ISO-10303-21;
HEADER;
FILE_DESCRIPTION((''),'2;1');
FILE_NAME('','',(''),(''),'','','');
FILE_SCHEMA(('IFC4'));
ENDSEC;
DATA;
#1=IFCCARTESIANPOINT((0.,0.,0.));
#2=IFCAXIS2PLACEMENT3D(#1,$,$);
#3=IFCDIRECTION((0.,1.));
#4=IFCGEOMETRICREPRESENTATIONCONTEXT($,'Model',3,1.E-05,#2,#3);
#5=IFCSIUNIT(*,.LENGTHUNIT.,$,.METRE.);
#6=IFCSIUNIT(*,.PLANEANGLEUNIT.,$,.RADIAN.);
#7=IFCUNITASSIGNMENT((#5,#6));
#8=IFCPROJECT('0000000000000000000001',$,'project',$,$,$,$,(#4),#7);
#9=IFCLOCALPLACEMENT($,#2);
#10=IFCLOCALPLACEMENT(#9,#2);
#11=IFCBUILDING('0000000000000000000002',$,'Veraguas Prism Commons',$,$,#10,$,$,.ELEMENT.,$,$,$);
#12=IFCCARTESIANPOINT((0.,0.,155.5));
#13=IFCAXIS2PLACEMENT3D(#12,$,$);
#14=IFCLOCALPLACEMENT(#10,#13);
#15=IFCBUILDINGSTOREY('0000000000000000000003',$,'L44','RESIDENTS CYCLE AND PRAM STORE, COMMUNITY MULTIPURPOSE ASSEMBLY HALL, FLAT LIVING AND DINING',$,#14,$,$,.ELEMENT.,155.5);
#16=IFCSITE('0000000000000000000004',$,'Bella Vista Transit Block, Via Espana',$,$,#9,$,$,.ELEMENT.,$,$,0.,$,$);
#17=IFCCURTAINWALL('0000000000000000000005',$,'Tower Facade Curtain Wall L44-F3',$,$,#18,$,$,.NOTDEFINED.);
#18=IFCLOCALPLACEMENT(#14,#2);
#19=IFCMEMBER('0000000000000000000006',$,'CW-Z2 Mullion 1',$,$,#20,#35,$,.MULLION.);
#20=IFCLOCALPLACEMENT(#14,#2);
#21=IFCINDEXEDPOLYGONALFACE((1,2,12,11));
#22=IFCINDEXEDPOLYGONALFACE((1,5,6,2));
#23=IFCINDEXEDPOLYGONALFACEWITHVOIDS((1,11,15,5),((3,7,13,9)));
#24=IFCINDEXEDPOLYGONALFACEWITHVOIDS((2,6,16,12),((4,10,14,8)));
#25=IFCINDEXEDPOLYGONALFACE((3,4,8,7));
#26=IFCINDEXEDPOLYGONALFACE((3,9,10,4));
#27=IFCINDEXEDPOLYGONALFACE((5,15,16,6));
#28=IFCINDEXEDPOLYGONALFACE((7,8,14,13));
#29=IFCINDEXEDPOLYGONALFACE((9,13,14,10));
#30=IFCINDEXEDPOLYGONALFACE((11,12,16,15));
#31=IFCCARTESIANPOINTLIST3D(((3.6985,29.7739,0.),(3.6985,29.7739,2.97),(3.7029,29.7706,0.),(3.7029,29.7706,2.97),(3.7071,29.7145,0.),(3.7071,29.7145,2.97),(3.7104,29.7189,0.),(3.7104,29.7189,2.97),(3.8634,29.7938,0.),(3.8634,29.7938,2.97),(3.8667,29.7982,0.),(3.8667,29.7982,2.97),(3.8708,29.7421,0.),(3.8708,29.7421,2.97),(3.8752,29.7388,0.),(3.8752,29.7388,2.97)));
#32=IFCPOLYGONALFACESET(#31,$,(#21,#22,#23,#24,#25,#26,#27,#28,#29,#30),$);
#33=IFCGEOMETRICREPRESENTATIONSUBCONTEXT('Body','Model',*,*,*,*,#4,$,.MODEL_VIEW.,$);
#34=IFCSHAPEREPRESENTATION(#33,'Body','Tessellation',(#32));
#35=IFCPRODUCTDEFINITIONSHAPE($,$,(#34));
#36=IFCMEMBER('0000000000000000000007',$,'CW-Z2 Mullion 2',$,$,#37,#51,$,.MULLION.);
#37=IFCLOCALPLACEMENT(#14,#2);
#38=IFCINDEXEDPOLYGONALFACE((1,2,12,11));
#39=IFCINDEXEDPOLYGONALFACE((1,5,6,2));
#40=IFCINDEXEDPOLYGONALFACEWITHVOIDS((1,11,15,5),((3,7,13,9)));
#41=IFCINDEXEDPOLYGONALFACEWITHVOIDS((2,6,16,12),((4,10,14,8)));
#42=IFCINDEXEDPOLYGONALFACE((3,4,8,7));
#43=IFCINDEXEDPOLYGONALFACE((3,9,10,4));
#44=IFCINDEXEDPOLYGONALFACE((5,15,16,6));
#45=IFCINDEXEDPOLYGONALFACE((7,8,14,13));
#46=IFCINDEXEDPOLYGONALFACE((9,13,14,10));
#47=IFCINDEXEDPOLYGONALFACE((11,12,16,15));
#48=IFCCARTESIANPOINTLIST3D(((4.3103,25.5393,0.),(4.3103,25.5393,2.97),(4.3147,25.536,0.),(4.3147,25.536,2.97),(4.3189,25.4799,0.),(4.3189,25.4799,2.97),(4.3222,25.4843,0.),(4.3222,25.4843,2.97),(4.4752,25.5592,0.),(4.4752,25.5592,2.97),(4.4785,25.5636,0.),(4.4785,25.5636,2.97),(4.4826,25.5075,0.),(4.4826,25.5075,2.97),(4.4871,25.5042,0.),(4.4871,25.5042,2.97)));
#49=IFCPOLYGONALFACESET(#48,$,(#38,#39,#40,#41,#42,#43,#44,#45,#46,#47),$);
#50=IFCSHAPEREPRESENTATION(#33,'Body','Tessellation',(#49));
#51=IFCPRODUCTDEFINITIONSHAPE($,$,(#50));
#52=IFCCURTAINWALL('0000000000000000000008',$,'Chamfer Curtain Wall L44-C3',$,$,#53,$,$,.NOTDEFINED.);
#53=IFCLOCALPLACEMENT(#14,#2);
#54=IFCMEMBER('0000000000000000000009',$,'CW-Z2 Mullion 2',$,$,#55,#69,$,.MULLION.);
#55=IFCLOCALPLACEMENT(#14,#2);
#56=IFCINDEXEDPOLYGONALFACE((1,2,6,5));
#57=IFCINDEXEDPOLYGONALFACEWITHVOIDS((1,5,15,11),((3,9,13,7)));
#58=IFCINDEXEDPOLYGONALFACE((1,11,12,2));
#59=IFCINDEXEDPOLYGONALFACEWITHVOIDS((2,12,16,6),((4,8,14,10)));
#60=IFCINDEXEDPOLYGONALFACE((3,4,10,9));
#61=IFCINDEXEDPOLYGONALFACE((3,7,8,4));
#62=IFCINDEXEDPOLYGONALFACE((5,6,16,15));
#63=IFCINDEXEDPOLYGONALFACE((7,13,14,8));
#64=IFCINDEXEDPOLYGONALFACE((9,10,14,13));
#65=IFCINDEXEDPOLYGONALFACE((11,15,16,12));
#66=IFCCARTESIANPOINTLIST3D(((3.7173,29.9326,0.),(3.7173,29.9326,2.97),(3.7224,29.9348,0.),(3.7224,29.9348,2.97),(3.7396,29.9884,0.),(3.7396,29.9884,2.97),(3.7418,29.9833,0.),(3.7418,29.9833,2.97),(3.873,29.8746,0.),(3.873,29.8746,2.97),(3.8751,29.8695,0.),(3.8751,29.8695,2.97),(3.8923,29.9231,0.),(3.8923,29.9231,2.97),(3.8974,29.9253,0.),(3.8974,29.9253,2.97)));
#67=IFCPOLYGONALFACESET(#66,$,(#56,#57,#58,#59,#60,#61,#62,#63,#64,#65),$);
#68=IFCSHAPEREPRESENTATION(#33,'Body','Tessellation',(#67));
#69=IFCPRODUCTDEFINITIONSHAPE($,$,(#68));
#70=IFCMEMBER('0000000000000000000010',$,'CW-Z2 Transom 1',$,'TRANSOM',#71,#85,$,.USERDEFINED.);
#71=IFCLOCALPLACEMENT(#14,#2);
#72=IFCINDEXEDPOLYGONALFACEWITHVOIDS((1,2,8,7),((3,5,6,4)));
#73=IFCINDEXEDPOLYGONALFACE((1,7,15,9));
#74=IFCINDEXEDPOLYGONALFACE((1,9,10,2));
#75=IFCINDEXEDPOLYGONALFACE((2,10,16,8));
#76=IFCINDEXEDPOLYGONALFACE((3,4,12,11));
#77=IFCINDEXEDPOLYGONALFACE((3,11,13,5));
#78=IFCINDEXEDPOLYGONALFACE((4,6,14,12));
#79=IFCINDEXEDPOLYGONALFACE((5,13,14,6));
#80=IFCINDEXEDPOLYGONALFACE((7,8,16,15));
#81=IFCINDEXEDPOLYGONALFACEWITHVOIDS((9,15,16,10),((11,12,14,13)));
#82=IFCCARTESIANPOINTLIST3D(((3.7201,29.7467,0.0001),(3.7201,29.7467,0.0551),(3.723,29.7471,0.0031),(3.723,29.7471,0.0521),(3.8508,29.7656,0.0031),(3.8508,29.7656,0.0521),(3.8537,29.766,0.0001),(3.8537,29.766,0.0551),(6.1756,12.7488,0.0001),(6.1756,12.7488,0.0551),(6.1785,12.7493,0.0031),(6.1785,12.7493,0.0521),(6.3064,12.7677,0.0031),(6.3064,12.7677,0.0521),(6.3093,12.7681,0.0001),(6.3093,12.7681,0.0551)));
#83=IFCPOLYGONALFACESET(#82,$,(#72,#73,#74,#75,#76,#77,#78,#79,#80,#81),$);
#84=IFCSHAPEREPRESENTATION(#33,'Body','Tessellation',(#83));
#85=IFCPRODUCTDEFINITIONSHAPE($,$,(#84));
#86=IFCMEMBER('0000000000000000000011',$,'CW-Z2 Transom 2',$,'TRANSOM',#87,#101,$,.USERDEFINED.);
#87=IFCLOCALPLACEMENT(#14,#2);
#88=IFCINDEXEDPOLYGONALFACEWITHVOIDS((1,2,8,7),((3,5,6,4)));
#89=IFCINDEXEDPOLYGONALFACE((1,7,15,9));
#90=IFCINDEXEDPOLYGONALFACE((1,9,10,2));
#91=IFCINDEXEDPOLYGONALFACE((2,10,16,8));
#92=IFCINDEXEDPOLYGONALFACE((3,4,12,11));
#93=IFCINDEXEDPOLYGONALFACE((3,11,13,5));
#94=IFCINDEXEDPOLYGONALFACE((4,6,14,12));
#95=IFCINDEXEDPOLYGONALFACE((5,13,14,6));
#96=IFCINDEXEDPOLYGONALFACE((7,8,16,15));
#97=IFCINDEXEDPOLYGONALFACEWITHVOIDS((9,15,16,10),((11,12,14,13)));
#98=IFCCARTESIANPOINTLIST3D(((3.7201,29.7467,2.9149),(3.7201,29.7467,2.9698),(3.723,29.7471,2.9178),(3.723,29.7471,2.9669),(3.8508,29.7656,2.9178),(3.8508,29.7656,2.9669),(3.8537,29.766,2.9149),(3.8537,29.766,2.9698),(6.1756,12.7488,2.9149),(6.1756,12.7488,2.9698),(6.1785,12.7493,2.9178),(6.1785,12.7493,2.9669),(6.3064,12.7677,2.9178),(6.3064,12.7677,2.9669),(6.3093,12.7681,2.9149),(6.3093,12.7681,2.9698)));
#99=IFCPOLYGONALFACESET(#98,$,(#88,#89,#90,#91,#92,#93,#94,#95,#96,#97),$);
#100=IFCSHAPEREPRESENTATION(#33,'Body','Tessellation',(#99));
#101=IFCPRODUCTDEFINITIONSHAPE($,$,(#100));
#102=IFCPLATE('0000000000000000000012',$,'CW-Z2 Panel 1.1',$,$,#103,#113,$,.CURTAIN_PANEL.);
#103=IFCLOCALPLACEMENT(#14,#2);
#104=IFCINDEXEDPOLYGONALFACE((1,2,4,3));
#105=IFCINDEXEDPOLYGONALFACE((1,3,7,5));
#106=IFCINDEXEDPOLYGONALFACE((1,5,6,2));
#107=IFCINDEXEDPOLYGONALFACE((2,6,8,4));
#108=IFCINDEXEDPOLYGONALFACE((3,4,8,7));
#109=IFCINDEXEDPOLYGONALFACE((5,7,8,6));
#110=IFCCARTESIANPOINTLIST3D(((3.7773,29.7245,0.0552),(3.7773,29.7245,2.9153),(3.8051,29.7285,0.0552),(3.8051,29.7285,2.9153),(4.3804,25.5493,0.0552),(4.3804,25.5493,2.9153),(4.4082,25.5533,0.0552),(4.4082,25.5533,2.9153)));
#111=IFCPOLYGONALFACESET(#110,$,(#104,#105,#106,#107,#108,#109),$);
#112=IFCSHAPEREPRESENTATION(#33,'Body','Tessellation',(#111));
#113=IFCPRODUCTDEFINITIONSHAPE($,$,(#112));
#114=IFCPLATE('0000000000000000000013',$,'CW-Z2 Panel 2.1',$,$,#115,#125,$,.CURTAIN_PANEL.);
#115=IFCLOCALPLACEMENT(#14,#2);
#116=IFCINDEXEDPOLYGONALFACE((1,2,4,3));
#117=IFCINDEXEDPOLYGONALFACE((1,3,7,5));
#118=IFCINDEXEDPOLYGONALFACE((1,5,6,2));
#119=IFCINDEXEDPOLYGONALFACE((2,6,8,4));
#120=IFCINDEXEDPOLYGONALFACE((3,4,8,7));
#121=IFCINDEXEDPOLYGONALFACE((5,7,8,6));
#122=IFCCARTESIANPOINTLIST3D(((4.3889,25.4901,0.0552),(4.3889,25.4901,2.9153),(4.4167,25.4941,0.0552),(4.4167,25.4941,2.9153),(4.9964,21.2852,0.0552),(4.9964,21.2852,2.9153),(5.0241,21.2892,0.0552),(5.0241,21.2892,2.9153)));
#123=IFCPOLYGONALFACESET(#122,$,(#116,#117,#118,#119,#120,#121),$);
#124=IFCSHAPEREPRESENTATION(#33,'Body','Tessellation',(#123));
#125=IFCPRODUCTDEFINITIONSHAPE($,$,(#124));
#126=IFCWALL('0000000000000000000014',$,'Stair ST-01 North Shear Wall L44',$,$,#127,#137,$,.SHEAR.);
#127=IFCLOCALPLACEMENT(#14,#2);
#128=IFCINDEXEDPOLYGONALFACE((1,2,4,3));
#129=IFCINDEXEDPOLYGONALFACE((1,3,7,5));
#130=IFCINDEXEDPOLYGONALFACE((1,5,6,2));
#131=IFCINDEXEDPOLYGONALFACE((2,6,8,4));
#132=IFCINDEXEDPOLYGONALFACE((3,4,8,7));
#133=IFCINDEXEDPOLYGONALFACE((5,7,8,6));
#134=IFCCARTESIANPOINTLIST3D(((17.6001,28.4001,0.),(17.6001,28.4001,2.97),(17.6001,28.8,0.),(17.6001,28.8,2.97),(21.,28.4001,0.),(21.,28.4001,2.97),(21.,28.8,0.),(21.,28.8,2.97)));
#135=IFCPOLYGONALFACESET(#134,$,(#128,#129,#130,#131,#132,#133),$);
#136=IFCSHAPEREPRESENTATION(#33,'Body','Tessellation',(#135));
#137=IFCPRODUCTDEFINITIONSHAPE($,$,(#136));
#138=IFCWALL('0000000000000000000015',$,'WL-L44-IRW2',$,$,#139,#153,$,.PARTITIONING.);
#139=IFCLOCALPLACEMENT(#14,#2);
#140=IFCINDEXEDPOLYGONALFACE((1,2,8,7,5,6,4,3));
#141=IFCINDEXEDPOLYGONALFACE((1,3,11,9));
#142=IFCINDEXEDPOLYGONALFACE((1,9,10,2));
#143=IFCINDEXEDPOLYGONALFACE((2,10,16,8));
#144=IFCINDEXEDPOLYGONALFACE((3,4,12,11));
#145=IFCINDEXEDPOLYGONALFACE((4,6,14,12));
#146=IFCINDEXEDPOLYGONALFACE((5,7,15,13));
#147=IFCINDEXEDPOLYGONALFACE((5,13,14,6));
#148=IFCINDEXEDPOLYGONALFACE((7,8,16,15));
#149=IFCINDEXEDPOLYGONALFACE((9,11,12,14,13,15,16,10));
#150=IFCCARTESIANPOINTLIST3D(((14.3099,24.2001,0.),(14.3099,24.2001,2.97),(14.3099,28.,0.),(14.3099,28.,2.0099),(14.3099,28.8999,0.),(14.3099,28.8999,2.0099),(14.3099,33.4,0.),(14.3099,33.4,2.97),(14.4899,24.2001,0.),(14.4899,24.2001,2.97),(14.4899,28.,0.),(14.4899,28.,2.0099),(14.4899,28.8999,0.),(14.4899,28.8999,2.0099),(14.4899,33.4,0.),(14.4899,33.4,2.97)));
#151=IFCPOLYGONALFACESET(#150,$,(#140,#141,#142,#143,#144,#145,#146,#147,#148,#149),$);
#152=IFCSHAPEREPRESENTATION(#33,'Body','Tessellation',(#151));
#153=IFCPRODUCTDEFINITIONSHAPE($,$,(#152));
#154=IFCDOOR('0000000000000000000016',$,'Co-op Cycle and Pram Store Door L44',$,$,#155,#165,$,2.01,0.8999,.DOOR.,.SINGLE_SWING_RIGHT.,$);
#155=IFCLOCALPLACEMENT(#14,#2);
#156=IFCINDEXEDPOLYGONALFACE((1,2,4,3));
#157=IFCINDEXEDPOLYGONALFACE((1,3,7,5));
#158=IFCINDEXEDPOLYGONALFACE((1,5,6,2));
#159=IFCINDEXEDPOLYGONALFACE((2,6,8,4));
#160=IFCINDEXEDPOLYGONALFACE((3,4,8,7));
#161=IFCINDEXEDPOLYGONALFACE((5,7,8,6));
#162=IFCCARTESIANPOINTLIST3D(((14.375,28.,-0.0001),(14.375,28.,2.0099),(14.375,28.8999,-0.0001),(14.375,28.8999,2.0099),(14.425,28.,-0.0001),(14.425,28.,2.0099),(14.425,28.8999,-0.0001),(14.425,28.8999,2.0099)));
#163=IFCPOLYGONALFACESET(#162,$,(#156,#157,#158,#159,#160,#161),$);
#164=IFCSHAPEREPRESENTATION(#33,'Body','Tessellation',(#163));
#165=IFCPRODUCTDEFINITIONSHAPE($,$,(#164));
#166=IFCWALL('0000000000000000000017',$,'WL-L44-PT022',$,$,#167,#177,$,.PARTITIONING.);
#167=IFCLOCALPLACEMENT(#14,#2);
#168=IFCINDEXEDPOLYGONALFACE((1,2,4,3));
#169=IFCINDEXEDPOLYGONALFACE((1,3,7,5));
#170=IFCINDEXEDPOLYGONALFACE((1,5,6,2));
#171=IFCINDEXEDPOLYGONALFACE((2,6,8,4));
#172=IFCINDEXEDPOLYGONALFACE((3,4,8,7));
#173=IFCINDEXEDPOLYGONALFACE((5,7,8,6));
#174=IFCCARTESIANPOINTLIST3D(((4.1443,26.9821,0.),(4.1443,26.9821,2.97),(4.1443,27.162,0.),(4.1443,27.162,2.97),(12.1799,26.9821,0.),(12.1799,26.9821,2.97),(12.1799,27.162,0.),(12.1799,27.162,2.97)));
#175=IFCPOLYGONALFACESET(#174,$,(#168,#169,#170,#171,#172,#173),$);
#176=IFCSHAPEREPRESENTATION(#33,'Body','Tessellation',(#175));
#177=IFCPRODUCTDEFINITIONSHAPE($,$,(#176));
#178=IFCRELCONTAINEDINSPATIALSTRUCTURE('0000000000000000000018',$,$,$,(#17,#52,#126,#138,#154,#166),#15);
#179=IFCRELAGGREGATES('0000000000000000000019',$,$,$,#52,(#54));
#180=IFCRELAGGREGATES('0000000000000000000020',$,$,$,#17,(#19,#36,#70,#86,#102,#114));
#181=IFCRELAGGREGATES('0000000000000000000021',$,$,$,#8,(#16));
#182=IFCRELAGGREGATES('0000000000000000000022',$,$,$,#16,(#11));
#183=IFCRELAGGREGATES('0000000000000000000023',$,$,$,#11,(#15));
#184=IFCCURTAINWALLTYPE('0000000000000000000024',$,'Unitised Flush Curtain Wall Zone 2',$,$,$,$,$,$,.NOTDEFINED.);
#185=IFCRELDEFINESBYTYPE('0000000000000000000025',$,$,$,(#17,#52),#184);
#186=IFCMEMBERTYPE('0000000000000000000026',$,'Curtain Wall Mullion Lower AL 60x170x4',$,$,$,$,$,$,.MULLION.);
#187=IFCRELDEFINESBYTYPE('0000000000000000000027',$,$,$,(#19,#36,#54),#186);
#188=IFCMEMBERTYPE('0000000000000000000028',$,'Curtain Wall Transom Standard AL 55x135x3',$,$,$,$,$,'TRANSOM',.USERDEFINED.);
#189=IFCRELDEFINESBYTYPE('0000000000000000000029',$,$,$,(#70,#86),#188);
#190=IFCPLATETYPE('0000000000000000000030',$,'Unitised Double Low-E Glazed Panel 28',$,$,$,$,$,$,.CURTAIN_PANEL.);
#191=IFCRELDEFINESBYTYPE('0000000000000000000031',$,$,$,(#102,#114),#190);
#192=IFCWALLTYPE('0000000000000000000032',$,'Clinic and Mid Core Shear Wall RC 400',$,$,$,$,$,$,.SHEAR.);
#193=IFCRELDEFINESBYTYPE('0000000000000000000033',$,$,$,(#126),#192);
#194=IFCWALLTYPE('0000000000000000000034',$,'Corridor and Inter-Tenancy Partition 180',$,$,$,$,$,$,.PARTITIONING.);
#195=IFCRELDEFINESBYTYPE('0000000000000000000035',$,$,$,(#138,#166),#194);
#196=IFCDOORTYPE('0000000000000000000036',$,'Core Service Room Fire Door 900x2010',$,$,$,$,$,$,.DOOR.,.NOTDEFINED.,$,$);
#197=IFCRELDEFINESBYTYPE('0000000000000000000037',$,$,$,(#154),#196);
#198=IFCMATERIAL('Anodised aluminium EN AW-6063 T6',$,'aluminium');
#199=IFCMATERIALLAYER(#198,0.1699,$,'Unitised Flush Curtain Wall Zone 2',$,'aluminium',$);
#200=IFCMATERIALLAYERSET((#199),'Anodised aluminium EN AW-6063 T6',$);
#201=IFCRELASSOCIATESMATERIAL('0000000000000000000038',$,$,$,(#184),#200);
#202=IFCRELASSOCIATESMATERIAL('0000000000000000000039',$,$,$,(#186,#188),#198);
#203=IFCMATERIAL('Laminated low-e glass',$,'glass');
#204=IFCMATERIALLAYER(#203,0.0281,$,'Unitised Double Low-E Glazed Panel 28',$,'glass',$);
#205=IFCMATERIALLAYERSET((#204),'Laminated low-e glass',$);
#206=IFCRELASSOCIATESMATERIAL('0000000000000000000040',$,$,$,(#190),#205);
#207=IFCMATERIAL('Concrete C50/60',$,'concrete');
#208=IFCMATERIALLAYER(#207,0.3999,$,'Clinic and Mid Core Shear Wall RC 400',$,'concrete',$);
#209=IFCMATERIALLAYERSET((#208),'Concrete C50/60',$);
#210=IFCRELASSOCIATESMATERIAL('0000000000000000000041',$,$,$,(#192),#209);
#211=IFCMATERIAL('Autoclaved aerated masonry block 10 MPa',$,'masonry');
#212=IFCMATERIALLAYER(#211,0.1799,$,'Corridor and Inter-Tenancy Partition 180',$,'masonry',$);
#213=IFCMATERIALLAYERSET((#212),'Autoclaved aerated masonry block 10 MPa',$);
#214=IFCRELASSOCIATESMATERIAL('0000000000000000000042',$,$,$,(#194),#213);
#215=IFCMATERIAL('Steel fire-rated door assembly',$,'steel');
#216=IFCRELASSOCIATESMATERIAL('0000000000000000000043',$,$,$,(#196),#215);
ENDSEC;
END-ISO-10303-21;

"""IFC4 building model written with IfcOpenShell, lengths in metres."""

from ifc_helpers import new_model, si_unit, direction, frame, frame_2d, origin, origin_2d, place, context, subcontext, project, spatial, rectangle, hollow_rectangle, extrude, source, transform, mapped, material, layer, layer_set, material_profile, profile_set, type_object, element, fill, aggregate, save


model = new_model("IFC4")

# Units and contexts
model_context = context("Model", 3, precision=1e-05, world=origin(), true_north=direction((0.0, 1.0)))
body_context = subcontext(model_context, "Body", "Model", "MODEL_VIEW")
ifc_project = project(units=[si_unit("LENGTHUNIT", "METRE"), si_unit("PLANEANGLEUNIT", "RADIAN")], contexts=[model_context])

# Site, building, storey
site_placement = place(None, origin())
site = spatial("IfcSite", under=ifc_project, at=site_placement, Name="Bella Vista Transit Block, Via Espana", CompositionType="ELEMENT", RefElevation=0.0)
building_placement = place(site_placement, origin())
building = spatial("IfcBuilding", under=site, at=building_placement, Name="Veraguas Prism Commons", CompositionType="ELEMENT")
storey_placement = place(building_placement, frame((0.0, 0.0, 155.5)))
storey = spatial("IfcBuildingStorey", under=building, at=storey_placement, Name="L44", Description="RESIDENTS CYCLE AND PRAM STORE, COMMUNITY MULTIPURPOSE ASSEMBLY HALL, FLAT LIVING AND DINING", CompositionType="ELEMENT", Elevation=155.5)

# Shared definitions
ifc_material_1 = material(Name="Concrete C50/60", Category="concrete")

# Curtain wall, members
ifc_material_2 = material(Name="Anodised aluminium EN AW-6063 T6", Category="aluminium")
ifc_layer_1 = layer(ifc_material_2, 0.1699, Name="Unitised Flush Curtain Wall Zone 2", Category="aluminium")
ifc_layer_set_1 = layer_set([ifc_layer_1], Name="Anodised aluminium EN AW-6063 T6")
curtain_wall_type = type_object("IfcCurtainWallType", Name="Unitised Flush Curtain Wall Zone 2", PredefinedType="NOTDEFINED", material=ifc_layer_set_1)
curtain_wall_1_placement = place(storey_placement, origin())
curtain_wall_1 = element("IfcCurtainWall", 1, at=curtain_wall_1_placement, inside=storey, type_object=curtain_wall_type, Name="Tower Facade Curtain Wall L44-F3", PredefinedType="NOTDEFINED")
ifc_material_profile_1 = material_profile(ifc_material_2, hollow_rectangle(XDim=0.0601, YDim=0.1699, WallThickness=0.0039, at=origin_2d()), Name="AL60X170X4")
ifc_profile_set_1 = profile_set([ifc_material_profile_1], Name="Anodised aluminium EN AW-6063 T6")
member_type_1 = type_object("IfcMemberType", Name="Curtain Wall Mullion Lower AL 60x170x4", PredefinedType="MULLION", material=ifc_profile_set_1)
shared_shape_1 = source(origin(), body_context, "Body", "SweptSolid", [
    extrude(hollow_rectangle(XDim=0.0601, YDim=0.1699, WallThickness=0.0039, at=origin_2d()), origin(), (0.0, 0.0, 1.0), 2.97),
])
member_1_placement = place(storey_placement, frame((3.7869, 29.7563, 0.0), z_axis=(0.0, 0.0, 1.0), x_axis=(0.142971, -0.989727, 0.0)))
member_1 = element("IfcMember", 2, at=member_1_placement, type_object=member_type_1, Name="CW-Z2 Mullion 1", PredefinedType="MULLION", context=body_context, shape_type="MappedRepresentation", body=[
    mapped(shared_shape_1, transform((0.0, 0.0, 0.0), scale=1.0)),
])
member_2_placement = place(storey_placement, frame((4.3987, 25.5217, 0.0), z_axis=(0.0, 0.0, 1.0), x_axis=(0.142971, -0.989727, 0.0)))
member_2 = element("IfcMember", 3, at=member_2_placement, type_object=member_type_1, Name="CW-Z2 Mullion 2", PredefinedType="MULLION", context=body_context, shape_type="MappedRepresentation", body=[
    mapped(shared_shape_1, transform((0.0, 0.0, 0.0), scale=1.0)),
])

# Curtain wall, member
curtain_wall_2_placement = place(storey_placement, origin())
curtain_wall_2 = element("IfcCurtainWall", 4, at=curtain_wall_2_placement, inside=storey, type_object=curtain_wall_type, Name="Chamfer Curtain Wall L44-C3", PredefinedType="NOTDEFINED")
member_3_placement = place(storey_placement, frame((3.8074, 29.929, 0.0), z_axis=(0.0, 0.0, 1.0), x_axis=(-0.371023, -0.928624, 0.0)))
member_3 = element("IfcMember", 5, at=member_3_placement, type_object=member_type_1, Name="CW-Z2 Mullion 2", PredefinedType="MULLION", context=body_context, shape_type="MappedRepresentation", body=[
    mapped(shared_shape_1, transform((0.0, 0.0, 0.0), scale=1.0)),
])
aggregate(curtain_wall_2, [member_3])

# Members
ifc_material_profile_2 = material_profile(ifc_material_2, hollow_rectangle(XDim=0.0549, YDim=0.135, WallThickness=0.0029, at=origin_2d()), Name="AL55X135X3")
ifc_profile_set_2 = profile_set([ifc_material_profile_2], Name="Anodised aluminium EN AW-6063 T6")
member_type_2 = type_object("IfcMemberType", Name="Curtain Wall Transom Standard AL 55x135x3", ElementType="TRANSOM", PredefinedType="USERDEFINED", material=ifc_profile_set_2)
shared_shape_2 = source(origin(), body_context, "Body", "SweptSolid", [
    extrude(hollow_rectangle(XDim=0.0549, YDim=0.135, WallThickness=0.0029, at=origin_2d()), origin(), (0.0, 0.0, 1.0), 17.1743),
])
member_4_placement = place(storey_placement, frame((3.7869, 29.7563, 0.0276), z_axis=(0.142979, -0.989726, 0.0), x_axis=(0.0, 0.0, 1.0)))
member_4 = element("IfcMember", 6, at=member_4_placement, type_object=member_type_2, Name="CW-Z2 Transom 1", ObjectType="TRANSOM", PredefinedType="USERDEFINED", context=body_context, shape_type="MappedRepresentation", body=[
    mapped(shared_shape_2, transform((0.0, 0.0, 0.0), scale=1.0)),
])
member_5_placement = place(storey_placement, frame((3.7869, 29.7563, 2.9424), z_axis=(0.142979, -0.989726, 0.0), x_axis=(0.0, 0.0, 1.0)))
member_5 = element("IfcMember", 7, at=member_5_placement, type_object=member_type_2, Name="CW-Z2 Transom 2", ObjectType="TRANSOM", PredefinedType="USERDEFINED", context=body_context, shape_type="MappedRepresentation", body=[
    mapped(shared_shape_2, transform((0.0, 0.0, 0.0), scale=1.0)),
])

# Plates
ifc_material_3 = material(Name="Laminated low-e glass", Category="glass")
ifc_layer_2 = layer(ifc_material_3, 0.0281, Name="Unitised Double Low-E Glazed Panel 28", Category="glass")
ifc_layer_set_2 = layer_set([ifc_layer_2], Name="Laminated low-e glass")
plate_type = type_object("IfcPlateType", Name="Unitised Double Low-E Glazed Panel 28", PredefinedType="CURTAIN_PANEL", material=ifc_layer_set_2)
shared_shape_3 = source(origin(), body_context, "Body", "SweptSolid", [
    extrude(rectangle(XDim=4.2185, YDim=0.0281, at=origin_2d()), origin(), (0.0, 0.0, 1.0), 2.8601),
])
plate_1_placement = place(storey_placement, frame((4.0928, 27.6389, 0.0552), z_axis=(0.0, 0.0, 1.0), x_axis=(0.142971, -0.989727, 0.0)))
plate_1 = element("IfcPlate", 8, at=plate_1_placement, type_object=plate_type, Name="CW-Z2 Panel 1.1", PredefinedType="CURTAIN_PANEL", context=body_context, shape_type="MappedRepresentation", body=[
    mapped(shared_shape_3, transform((0.0, 0.0, 0.0), scale=1.0)),
])
shared_shape_4 = source(origin(), body_context, "Body", "SweptSolid", [
    extrude(rectangle(XDim=4.2485, YDim=0.0281, at=origin_2d()), origin(), (0.0, 0.0, 1.0), 2.8601),
])
plate_2_placement = place(storey_placement, frame((4.7065, 23.3896, 0.0552), z_axis=(0.0, 0.0, 1.0), x_axis=(0.142971, -0.989727, 0.0)))
plate_2 = element("IfcPlate", 9, at=plate_2_placement, type_object=plate_type, Name="CW-Z2 Panel 2.1", PredefinedType="CURTAIN_PANEL", context=body_context, shape_type="MappedRepresentation", body=[
    mapped(shared_shape_4, transform((0.0, 0.0, 0.0), scale=1.0)),
])
aggregate(curtain_wall_1, [member_1, member_2, member_4, member_5, plate_1, plate_2])

# Wall
ifc_layer_3 = layer(ifc_material_1, 0.3999, Name="Clinic and Mid Core Shear Wall RC 400", Category="concrete")
ifc_layer_set_3 = layer_set([ifc_layer_3], Name="Concrete C50/60")
wall_type_1 = type_object("IfcWallType", Name="Clinic and Mid Core Shear Wall RC 400", PredefinedType="SHEAR", material=ifc_layer_set_3)
wall_1_placement = place(storey_placement, frame((17.6001, 28.6001, 0.0), z_axis=(0.0, 0.0, 1.0), x_axis=(1.0, 0.0, 0.0)))
element("IfcWall", 10, at=wall_1_placement, inside=storey, type_object=wall_type_1, Name="Stair ST-01 North Shear Wall L44", PredefinedType="SHEAR", context=body_context, shape_type="SweptSolid", body=[
    extrude(rectangle(XDim=3.3999, YDim=0.3999, at=frame_2d((1.7, 0.0))), origin(), (0.0, 0.0, 1.0), 2.97),
])

# Wall, opening, door
ifc_material_4 = material(Name="Autoclaved aerated masonry block 10 MPa", Category="masonry")
ifc_layer_4 = layer(ifc_material_4, 0.1799, Name="Corridor and Inter-Tenancy Partition 180", Category="masonry")
ifc_layer_set_4 = layer_set([ifc_layer_4], Name="Autoclaved aerated masonry block 10 MPa")
wall_type_2 = type_object("IfcWallType", Name="Corridor and Inter-Tenancy Partition 180", PredefinedType="PARTITIONING", material=ifc_layer_set_4)
wall_2_placement = place(storey_placement, frame((14.3999, 24.2, 0.0), z_axis=(0.0, 0.0, 1.0), x_axis=(0.0, 1.0, 0.0)))
wall_2 = element("IfcWall", 11, at=wall_2_placement, inside=storey, type_object=wall_type_2, Name="WL-L44-IRW2", PredefinedType="PARTITIONING", context=body_context, shape_type="SweptSolid", body=[
    extrude(rectangle(XDim=9.2, YDim=0.1799, at=frame_2d((4.6001, 0.0))), origin(), (0.0, 0.0, 1.0), 2.97),
])
opening_1_placement = place(wall_2_placement, frame((3.8, 0.0, 0.0)))
opening_1 = element("IfcOpeningElement", 12, at=opening_1_placement, cuts=wall_2, PredefinedType="OPENING", context=body_context, shape_type="SweptSolid", body=[
    extrude(rectangle(XDim=0.8999, YDim=2.01, at=frame_2d((0.45, 1.0049))), frame((0.0, 0.0999, 0.0), z_axis=(0.0, -1.0, 0.0), x_axis=(1.0, 0.0, 0.0)), (0.0, 0.0, 1.0), 0.2),
])
ifc_material_5 = material(Name="Steel fire-rated door assembly", Category="steel")
door_type_1 = type_object("IfcDoorType", Name="Core Service Room Fire Door 900x2010", OperationType="NOTDEFINED", PredefinedType="DOOR", material=ifc_material_5)
shared_shape_5 = source(origin(), body_context, "Body", "SweptSolid", [
    extrude(rectangle(XDim=0.8999, YDim=2.01, at=frame_2d((0.45, 1.0049))), frame((0.0, 0.0249, 0.0), z_axis=(0.0, -1.0, 0.0), x_axis=(1.0, 0.0, 0.0)), (0.0, 0.0, 1.0), 0.05),
])
door_1_placement = place(opening_1_placement, origin())
door_1 = element("IfcDoor", 13, at=door_1_placement, inside=storey, type_object=door_type_1, Name="Co-op Cycle and Pram Store Door L44", OperationType="SINGLE_SWING_RIGHT", OverallHeight=2.01, OverallWidth=0.8999, PredefinedType="DOOR", context=body_context, shape_type="MappedRepresentation", body=[
    mapped(shared_shape_5, transform((0.0, 0.0, 0.0), scale=1.0)),
])
fill(opening_1, door_1)

# Wall
wall_3_placement = place(storey_placement, frame((12.1799, 27.072, 0.0), z_axis=(0.0, 0.0, 1.0), x_axis=(-1.0, 0.0, 0.0)))
element("IfcWall", 14, at=wall_3_placement, inside=storey, type_object=wall_type_2, Name="WL-L44-PT022", PredefinedType="PARTITIONING", context=body_context, shape_type="SweptSolid", body=[
    extrude(rectangle(XDim=8.0356, YDim=0.1799, at=frame_2d((4.0178, 0.0))), origin(), (0.0, 0.0, 1.0), 2.97),
])

save(model, "model.ifc")
